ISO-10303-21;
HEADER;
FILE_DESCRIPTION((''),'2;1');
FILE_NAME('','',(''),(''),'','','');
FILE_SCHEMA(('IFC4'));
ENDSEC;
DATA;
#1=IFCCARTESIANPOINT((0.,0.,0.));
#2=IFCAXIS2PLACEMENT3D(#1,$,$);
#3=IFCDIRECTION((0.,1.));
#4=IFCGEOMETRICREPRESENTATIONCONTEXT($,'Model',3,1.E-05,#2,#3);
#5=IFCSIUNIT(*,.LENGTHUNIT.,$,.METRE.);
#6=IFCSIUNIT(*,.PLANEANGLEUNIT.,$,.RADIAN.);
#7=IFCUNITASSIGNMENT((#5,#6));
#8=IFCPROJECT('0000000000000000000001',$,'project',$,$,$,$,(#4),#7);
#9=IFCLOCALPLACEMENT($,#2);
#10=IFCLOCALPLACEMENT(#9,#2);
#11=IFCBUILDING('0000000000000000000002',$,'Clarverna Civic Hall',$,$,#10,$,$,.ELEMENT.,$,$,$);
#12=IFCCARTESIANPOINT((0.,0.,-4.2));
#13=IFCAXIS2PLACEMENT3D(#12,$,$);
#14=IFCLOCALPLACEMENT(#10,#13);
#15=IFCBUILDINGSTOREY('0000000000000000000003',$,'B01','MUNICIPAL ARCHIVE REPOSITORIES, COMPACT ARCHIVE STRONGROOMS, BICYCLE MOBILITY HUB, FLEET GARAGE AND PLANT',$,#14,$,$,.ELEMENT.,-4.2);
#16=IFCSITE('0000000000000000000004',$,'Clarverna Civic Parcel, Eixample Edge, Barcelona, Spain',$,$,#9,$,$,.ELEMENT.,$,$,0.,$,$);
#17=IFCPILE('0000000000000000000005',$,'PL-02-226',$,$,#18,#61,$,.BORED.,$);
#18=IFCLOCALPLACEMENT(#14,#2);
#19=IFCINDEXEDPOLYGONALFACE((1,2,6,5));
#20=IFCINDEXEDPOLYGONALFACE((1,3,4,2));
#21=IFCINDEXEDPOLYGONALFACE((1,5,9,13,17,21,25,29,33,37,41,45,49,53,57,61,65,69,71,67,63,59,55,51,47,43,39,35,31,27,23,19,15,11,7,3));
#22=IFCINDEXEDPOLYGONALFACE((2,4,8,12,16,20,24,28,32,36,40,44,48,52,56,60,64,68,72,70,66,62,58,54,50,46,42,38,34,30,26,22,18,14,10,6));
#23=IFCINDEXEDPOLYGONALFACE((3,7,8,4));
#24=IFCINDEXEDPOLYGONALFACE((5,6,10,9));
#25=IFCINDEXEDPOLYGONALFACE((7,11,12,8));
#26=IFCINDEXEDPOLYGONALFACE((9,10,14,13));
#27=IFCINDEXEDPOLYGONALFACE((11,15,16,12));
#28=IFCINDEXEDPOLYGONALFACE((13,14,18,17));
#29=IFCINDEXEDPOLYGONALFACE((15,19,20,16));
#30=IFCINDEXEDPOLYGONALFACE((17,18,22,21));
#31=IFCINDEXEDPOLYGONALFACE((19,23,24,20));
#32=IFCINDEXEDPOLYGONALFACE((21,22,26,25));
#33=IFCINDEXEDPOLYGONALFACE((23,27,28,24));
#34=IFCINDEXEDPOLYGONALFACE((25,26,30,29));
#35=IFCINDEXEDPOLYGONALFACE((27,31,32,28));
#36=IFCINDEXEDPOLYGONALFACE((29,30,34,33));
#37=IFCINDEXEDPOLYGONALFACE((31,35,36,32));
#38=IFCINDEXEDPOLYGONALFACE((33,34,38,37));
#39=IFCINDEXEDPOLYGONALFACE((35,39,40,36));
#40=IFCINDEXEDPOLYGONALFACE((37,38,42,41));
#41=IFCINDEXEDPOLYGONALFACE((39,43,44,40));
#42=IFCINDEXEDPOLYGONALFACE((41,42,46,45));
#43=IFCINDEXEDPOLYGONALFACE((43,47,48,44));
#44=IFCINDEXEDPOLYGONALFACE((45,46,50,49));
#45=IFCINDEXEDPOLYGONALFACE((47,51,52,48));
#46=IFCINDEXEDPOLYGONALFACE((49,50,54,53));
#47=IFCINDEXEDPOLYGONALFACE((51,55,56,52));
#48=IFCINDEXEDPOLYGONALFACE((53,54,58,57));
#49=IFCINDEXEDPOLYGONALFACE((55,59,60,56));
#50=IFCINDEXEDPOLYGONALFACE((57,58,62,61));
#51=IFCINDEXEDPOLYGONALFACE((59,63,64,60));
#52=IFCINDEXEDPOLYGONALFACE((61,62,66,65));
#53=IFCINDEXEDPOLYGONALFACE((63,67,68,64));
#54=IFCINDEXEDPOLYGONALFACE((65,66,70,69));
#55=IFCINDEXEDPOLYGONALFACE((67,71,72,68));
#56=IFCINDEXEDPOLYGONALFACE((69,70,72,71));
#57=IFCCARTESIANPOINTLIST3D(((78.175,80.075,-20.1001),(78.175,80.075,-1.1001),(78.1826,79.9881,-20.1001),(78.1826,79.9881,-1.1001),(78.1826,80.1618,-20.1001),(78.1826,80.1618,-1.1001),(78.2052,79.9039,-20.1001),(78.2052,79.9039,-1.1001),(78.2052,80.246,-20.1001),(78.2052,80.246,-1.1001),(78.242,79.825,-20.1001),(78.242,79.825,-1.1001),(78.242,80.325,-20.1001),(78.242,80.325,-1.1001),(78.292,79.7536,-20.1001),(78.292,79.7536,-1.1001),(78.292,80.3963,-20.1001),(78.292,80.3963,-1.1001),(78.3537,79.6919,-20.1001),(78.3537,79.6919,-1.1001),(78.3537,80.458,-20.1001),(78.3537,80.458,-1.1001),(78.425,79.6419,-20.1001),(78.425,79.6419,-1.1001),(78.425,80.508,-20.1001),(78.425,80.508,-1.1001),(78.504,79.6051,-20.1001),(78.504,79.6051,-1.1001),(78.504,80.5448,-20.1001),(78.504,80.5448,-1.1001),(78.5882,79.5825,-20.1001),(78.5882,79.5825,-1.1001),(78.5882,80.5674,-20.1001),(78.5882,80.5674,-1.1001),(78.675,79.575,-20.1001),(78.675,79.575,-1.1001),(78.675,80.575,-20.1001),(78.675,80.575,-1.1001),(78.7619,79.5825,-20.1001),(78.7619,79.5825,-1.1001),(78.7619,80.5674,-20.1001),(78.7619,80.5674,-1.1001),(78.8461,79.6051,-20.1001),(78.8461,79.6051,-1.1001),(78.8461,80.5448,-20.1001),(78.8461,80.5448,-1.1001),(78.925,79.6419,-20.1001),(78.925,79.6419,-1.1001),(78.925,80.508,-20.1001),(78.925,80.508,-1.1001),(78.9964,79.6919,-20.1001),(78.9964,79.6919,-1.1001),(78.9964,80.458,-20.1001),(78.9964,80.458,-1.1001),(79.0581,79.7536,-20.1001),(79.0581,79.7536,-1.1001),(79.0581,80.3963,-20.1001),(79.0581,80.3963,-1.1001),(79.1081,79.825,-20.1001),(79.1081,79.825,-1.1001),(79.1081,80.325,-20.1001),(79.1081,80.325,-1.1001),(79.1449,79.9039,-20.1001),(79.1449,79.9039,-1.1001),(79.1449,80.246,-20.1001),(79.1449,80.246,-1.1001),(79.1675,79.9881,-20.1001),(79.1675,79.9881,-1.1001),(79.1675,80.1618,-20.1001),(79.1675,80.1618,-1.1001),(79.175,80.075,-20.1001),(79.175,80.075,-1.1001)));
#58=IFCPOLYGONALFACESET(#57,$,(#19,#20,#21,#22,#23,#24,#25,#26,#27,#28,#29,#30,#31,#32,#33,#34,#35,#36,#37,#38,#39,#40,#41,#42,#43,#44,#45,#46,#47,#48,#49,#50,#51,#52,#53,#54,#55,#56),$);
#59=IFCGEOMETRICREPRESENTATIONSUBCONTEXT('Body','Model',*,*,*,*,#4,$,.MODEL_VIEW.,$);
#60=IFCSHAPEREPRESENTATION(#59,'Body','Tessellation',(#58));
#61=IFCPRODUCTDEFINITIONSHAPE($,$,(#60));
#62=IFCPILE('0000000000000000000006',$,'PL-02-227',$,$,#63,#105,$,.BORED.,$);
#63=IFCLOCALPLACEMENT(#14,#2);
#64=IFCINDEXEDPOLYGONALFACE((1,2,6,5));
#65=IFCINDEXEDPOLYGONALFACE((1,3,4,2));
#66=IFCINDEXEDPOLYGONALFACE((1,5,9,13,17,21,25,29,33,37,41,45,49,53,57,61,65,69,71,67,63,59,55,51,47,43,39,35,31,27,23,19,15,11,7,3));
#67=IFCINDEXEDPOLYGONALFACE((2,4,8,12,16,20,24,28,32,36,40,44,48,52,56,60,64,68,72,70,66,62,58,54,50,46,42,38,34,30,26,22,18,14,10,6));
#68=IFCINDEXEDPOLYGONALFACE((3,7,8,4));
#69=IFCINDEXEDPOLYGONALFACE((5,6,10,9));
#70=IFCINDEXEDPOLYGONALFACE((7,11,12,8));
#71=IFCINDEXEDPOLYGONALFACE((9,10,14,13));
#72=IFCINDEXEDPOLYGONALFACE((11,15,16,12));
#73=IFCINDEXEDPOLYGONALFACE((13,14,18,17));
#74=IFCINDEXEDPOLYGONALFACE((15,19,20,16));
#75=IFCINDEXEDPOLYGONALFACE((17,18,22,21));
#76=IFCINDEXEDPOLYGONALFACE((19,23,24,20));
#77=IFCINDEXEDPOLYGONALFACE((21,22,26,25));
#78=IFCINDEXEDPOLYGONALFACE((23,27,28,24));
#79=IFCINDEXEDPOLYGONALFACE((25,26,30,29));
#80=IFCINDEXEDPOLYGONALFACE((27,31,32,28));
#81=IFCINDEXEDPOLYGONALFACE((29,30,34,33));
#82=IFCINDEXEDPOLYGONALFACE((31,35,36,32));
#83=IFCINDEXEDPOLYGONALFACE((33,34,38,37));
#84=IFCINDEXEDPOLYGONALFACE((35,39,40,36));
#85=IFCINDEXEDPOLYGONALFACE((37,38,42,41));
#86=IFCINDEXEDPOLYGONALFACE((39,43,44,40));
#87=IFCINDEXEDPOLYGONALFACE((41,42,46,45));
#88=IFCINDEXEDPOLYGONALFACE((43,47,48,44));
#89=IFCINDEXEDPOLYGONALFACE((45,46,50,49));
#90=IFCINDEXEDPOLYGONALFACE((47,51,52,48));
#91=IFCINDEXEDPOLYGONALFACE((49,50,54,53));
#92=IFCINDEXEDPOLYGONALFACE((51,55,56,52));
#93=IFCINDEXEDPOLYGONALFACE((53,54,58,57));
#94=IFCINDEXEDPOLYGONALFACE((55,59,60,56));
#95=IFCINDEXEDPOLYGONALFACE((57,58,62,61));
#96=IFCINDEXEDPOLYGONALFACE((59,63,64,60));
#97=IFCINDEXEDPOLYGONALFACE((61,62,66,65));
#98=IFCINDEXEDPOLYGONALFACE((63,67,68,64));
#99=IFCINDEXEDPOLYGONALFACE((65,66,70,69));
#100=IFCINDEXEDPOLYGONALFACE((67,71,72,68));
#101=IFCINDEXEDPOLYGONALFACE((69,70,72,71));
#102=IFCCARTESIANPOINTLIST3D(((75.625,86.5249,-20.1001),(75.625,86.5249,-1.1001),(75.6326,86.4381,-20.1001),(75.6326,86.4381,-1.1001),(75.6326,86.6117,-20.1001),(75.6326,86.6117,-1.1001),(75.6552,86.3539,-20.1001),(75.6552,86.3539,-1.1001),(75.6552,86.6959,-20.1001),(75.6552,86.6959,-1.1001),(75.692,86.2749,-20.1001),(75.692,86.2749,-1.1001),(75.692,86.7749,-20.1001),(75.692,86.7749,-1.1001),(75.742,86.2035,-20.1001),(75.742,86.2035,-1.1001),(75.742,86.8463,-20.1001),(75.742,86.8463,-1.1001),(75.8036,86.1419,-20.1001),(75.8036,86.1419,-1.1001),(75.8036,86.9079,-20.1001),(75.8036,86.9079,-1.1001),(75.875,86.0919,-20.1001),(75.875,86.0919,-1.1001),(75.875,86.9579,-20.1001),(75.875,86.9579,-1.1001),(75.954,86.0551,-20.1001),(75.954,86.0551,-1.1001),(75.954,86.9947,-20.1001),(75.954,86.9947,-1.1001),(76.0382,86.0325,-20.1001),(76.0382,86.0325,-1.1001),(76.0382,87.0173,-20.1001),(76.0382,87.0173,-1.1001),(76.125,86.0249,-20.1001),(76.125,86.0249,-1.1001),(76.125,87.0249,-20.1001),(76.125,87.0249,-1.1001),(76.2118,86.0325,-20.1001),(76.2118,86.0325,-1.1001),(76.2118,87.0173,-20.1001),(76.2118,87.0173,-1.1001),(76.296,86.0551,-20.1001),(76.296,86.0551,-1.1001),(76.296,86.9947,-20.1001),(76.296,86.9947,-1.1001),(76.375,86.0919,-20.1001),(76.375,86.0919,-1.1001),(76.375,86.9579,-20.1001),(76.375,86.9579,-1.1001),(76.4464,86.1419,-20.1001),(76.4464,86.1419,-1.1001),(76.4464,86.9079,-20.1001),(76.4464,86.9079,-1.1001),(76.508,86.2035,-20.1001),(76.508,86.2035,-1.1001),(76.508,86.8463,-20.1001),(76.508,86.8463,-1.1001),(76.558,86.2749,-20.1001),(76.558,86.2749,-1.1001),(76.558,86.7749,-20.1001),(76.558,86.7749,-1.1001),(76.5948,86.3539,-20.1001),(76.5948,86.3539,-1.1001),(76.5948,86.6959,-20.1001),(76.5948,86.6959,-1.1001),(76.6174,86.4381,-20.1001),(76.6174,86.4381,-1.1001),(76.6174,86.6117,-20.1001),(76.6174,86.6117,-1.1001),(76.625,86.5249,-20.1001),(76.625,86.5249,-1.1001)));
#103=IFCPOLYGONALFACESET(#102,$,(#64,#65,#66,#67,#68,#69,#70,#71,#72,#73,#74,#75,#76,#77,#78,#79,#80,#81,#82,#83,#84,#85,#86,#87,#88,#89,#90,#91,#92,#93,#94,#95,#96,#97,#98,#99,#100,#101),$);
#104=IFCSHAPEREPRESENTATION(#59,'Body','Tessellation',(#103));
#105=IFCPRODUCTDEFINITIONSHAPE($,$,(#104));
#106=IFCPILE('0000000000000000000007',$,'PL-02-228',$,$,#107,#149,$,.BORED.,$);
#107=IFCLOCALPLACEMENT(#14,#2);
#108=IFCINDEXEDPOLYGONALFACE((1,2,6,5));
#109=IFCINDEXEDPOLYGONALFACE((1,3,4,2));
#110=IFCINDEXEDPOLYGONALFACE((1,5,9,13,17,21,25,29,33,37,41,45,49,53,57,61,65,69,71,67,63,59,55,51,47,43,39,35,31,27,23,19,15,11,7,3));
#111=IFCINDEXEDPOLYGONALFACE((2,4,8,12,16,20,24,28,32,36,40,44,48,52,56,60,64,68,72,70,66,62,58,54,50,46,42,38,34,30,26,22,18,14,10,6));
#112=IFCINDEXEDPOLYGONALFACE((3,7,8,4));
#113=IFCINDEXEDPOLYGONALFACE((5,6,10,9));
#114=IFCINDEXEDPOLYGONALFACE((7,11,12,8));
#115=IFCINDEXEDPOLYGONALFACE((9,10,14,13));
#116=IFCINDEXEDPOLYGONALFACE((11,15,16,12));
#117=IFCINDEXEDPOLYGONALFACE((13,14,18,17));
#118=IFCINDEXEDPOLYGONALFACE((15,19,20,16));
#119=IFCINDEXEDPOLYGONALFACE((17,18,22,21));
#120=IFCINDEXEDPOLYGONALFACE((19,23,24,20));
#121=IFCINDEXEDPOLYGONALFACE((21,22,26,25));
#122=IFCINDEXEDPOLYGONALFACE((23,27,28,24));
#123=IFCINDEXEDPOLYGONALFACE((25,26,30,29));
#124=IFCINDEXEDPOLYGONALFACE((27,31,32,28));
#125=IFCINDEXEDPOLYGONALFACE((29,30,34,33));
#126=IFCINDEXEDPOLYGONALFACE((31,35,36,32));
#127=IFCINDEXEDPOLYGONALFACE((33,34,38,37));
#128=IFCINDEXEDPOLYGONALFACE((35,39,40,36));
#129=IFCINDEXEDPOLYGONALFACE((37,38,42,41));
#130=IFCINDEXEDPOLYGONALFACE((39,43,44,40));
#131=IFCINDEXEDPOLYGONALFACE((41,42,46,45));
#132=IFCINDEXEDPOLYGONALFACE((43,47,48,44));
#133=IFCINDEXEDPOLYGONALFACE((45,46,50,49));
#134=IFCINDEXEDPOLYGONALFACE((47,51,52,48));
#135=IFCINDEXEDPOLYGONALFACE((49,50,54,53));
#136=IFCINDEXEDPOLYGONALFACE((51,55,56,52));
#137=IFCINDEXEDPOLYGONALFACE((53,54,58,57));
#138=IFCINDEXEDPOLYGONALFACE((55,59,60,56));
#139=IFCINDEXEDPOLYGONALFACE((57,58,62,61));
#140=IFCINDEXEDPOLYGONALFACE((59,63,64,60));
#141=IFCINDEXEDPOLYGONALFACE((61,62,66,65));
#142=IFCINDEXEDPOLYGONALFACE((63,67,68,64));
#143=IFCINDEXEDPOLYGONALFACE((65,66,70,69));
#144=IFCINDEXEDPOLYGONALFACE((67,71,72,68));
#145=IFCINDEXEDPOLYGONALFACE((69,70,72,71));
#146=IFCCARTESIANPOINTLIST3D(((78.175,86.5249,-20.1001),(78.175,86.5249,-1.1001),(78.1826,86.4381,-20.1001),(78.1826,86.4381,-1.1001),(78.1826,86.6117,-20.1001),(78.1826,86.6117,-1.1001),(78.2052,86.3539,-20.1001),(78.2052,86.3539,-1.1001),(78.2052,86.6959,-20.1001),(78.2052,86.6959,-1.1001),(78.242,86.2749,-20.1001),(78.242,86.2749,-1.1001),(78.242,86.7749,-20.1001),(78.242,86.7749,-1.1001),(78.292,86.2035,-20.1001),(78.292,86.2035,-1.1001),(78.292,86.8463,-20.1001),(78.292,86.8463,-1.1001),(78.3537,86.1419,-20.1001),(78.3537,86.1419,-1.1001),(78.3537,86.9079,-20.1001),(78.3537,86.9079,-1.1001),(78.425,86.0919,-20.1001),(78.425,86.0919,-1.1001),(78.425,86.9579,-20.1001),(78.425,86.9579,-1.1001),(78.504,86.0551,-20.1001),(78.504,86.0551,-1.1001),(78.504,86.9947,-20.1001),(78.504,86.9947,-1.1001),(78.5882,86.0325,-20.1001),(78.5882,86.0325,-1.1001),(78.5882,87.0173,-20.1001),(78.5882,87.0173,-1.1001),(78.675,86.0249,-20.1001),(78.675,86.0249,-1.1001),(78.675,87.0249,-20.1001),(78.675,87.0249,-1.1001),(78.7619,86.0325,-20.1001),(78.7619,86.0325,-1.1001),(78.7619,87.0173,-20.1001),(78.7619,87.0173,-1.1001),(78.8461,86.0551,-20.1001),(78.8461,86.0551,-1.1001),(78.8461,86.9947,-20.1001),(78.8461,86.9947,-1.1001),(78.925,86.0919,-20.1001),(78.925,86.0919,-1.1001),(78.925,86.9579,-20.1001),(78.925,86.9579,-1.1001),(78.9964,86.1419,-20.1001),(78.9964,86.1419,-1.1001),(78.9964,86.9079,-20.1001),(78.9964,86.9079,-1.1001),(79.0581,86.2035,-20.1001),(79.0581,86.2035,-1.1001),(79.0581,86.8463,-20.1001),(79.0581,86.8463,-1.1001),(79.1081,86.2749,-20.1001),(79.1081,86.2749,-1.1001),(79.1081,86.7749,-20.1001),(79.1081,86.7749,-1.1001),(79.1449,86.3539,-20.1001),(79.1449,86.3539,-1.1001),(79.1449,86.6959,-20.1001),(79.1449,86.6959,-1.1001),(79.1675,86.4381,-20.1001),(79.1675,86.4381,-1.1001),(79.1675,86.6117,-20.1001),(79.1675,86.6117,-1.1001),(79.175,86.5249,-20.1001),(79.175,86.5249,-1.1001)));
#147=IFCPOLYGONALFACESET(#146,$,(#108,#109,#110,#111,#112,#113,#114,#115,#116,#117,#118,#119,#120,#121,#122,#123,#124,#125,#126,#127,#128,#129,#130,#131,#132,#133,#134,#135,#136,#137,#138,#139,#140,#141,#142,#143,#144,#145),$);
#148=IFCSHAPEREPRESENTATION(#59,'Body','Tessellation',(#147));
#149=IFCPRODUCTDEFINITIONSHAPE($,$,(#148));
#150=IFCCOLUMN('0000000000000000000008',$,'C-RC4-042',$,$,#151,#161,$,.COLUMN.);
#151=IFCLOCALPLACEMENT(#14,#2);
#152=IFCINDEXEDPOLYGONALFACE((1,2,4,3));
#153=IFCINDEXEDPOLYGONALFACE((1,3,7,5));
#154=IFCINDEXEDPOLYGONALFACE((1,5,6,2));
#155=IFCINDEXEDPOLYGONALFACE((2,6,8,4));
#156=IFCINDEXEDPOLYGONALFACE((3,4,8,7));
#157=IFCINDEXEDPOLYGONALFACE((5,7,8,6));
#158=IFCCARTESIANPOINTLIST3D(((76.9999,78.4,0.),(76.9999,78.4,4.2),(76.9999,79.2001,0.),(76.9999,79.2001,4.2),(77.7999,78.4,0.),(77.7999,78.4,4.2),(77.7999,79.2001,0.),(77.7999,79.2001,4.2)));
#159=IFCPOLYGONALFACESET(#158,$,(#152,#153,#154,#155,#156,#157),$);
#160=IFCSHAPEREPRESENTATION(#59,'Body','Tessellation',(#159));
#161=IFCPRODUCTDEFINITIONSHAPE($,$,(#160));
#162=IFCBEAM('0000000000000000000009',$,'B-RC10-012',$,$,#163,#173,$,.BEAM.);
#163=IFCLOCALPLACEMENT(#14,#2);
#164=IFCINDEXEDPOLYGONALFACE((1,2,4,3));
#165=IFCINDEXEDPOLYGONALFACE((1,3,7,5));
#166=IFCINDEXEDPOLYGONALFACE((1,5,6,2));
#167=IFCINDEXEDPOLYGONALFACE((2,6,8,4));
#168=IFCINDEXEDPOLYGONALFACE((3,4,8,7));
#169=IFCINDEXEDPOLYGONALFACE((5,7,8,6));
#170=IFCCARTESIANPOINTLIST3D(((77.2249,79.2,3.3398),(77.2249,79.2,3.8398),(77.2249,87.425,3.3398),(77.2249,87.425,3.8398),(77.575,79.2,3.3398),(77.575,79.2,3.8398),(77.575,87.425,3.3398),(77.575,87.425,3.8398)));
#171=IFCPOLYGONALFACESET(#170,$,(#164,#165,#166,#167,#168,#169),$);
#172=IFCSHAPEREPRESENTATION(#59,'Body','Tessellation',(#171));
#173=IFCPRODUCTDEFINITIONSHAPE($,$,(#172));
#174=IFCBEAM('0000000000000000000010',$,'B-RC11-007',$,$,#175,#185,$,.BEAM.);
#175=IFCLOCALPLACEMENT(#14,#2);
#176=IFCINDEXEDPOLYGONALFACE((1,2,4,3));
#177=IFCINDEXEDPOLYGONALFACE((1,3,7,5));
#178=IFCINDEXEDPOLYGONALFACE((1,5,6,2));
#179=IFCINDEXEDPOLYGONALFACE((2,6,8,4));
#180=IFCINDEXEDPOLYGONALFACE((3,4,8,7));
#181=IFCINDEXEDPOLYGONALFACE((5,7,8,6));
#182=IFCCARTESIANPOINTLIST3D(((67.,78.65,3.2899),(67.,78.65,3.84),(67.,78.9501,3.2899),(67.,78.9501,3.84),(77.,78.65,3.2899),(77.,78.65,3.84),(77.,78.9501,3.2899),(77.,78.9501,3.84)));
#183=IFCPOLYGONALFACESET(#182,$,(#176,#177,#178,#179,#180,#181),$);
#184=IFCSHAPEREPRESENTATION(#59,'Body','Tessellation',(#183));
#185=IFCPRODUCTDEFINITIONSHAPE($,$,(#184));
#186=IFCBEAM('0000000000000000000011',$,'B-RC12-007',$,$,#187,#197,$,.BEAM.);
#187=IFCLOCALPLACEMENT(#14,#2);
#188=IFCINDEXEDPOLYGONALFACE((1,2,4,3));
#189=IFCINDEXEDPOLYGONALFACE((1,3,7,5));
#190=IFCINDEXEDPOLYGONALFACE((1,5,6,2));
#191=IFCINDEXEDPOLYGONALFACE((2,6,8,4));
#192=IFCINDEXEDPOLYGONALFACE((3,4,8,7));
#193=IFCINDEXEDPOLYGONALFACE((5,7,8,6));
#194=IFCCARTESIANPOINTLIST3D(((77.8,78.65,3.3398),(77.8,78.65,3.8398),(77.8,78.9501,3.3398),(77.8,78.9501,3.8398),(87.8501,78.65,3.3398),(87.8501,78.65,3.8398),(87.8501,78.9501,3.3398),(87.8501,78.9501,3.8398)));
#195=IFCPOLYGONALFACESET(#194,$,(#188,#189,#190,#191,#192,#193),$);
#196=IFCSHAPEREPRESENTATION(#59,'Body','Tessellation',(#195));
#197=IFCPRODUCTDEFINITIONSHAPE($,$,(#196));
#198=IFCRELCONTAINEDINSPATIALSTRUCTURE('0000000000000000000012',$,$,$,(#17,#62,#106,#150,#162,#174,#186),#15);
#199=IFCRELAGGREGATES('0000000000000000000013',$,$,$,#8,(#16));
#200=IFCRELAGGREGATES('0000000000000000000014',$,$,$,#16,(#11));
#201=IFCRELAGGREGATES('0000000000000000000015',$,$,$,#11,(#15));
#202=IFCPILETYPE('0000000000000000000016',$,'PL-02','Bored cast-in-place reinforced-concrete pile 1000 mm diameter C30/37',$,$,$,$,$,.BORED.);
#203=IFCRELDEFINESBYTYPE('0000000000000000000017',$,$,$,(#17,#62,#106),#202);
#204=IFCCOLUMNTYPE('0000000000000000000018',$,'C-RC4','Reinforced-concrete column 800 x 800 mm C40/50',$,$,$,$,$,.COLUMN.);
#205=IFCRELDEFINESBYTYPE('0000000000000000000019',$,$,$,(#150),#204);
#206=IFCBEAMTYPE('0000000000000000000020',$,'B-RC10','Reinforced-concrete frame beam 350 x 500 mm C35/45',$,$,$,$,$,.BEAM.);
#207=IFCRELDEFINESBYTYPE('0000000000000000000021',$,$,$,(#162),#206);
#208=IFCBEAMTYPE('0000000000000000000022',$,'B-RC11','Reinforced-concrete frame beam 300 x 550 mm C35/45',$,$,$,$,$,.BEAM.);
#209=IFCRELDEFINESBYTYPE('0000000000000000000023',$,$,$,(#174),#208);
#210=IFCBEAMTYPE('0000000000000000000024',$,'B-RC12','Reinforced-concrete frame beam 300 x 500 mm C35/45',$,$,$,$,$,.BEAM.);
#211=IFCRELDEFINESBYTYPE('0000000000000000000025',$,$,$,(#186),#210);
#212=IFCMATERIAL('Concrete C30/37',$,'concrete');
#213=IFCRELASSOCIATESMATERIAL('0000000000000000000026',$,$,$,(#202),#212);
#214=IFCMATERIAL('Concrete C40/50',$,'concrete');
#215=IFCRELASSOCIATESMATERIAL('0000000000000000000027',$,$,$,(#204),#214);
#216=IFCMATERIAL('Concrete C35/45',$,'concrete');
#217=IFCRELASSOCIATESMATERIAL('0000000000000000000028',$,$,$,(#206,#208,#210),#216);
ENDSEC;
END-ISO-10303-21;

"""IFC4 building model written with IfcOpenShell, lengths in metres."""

from ifc_helpers import new_model, si_unit, direction, frame, origin, origin_2d, place, context, subcontext, project, spatial, rectangle, circle, extrude, material, material_profile, profile_set, type_object, element, save


model = new_model("IFC4")

# Units and contexts
model_context = context("Model", 3, precision=1e-05, world=origin(), true_north=direction((0.0, 1.0)))
body_context = subcontext(model_context, "Body", "Model", "MODEL_VIEW")
ifc_project = project(units=[si_unit("LENGTHUNIT", "METRE"), si_unit("PLANEANGLEUNIT", "RADIAN")], contexts=[model_context])

# Site, building, storey
site_placement = place(None, origin())
site = spatial("IfcSite", under=ifc_project, at=site_placement, Name="Clarverna Civic Parcel, Eixample Edge, Barcelona, Spain", CompositionType="ELEMENT", RefElevation=0.0)
building_placement = place(site_placement, origin())
building = spatial("IfcBuilding", under=site, at=building_placement, Name="Clarverna Civic Hall", CompositionType="ELEMENT")
storey_placement = place(building_placement, frame((0.0, 0.0, -4.2)))
storey = spatial("IfcBuildingStorey", under=building, at=storey_placement, Name="B01", Description="MUNICIPAL ARCHIVE REPOSITORIES, COMPACT ARCHIVE STRONGROOMS, BICYCLE MOBILITY HUB, FLEET GARAGE AND PLANT", CompositionType="ELEMENT", Elevation=-4.2)

# Shared definitions
ifc_material_1 = material(Name="Concrete C30/37", Category="concrete")

# Piles
ifc_material_profile_1 = material_profile(ifc_material_1, circle(Radius=0.5, at=origin_2d()), Name="BORED PILE D1000")
ifc_profile_set_1 = profile_set([ifc_material_profile_1], Name="Concrete C30/37")
pile_type = type_object("IfcPileType", Name="PL-02", Description="Bored cast-in-place reinforced-concrete pile 1000 mm diameter C30/37", PredefinedType="BORED", material=ifc_profile_set_1)
for number, where, z_axis, x_axis, name in (
    (1, (78.675, 80.075, -1.1001), (0.0, 0.0, -1.0), (1.0, 0.0, 0.0), "PL-02-226"),
    (2, (76.125, 86.5249, -1.1001), (0.0, 0.0, -1.0), (1.0, 0.0, 0.0), "PL-02-227"),
    (3, (78.675, 86.5249, -1.1001), (0.0, 0.0, -1.0), (1.0, 0.0, 0.0), "PL-02-228"),
):
    element("IfcPile", number, at=place(storey_placement, frame(where, z_axis=z_axis, x_axis=x_axis)), inside=storey, type_object=pile_type, Name=name, PredefinedType="BORED", context=body_context, shape_type="SweptSolid", body=[
        extrude(circle(Radius=0.5, at=origin_2d()), origin(), (0.0, 0.0, 1.0), 19.0),
    ])

# Column
ifc_material_2 = material(Name="Concrete C40/50", Category="concrete")
ifc_material_profile_2 = material_profile(ifc_material_2, rectangle(XDim=0.8, YDim=0.8, at=origin_2d()), Name="RC 800x800")
ifc_profile_set_2 = profile_set([ifc_material_profile_2], Name="Concrete C40/50")
column_type = type_object("IfcColumnType", Name="C-RC4", Description="Reinforced-concrete column 800 x 800 mm C40/50", PredefinedType="COLUMN", material=ifc_profile_set_2)
column_placement = place(storey_placement, frame((77.3999, 78.8, 0.0), z_axis=(0.0, 0.0, 1.0), x_axis=(1.0, 0.0, 0.0)))
element("IfcColumn", 4, at=column_placement, inside=storey, type_object=column_type, Name="C-RC4-042", PredefinedType="COLUMN", context=body_context, shape_type="SweptSolid", body=[
    extrude(rectangle(XDim=0.8, YDim=0.8, at=origin_2d()), origin(), (0.0, 0.0, 1.0), 4.2),
])

# Beams
ifc_material_3 = material(Name="Concrete C35/45", Category="concrete")
ifc_material_profile_3 = material_profile(ifc_material_3, rectangle(XDim=0.3501, YDim=0.5, at=origin_2d()), Name="RC 350x500")
ifc_profile_set_3 = profile_set([ifc_material_profile_3], Name="Concrete C35/45")
beam_type_1 = type_object("IfcBeamType", Name="B-RC10", Description="Reinforced-concrete frame beam 350 x 500 mm C35/45", PredefinedType="BEAM", material=ifc_profile_set_3)
beam_1_placement = place(storey_placement, frame((77.3999, 79.2, 3.5898), z_axis=(0.0, 1.0, 0.0), x_axis=(-1.0, 0.0, 0.0)))
element("IfcBeam", 5, at=beam_1_placement, inside=storey, type_object=beam_type_1, Name="B-RC10-012", PredefinedType="BEAM", context=body_context, shape_type="SweptSolid", body=[
    extrude(rectangle(XDim=0.3501, YDim=0.5, at=origin_2d()), origin(), (0.0, 0.0, 1.0), 8.2251),
])
ifc_material_profile_4 = material_profile(ifc_material_3, rectangle(XDim=0.3, YDim=0.55, at=origin_2d()), Name="RC 300x550")
ifc_profile_set_4 = profile_set([ifc_material_profile_4], Name="Concrete C35/45")
beam_type_2 = type_object("IfcBeamType", Name="B-RC11", Description="Reinforced-concrete frame beam 300 x 550 mm C35/45", PredefinedType="BEAM", material=ifc_profile_set_4)
beam_2_placement = place(storey_placement, frame((67.0, 78.8, 3.5649), z_axis=(1.0, 0.0, 0.0), x_axis=(0.0, 1.0, 0.0)))
element("IfcBeam", 6, at=beam_2_placement, inside=storey, type_object=beam_type_2, Name="B-RC11-007", PredefinedType="BEAM", context=body_context, shape_type="SweptSolid", body=[
    extrude(rectangle(XDim=0.3, YDim=0.55, at=origin_2d()), origin(), (0.0, 0.0, 1.0), 10.0),
])
ifc_material_profile_5 = material_profile(ifc_material_3, rectangle(XDim=0.3, YDim=0.5, at=origin_2d()), Name="RC 300x500")
ifc_profile_set_5 = profile_set([ifc_material_profile_5], Name="Concrete C35/45")
beam_type_3 = type_object("IfcBeamType", Name="B-RC12", Description="Reinforced-concrete frame beam 300 x 500 mm C35/45", PredefinedType="BEAM", material=ifc_profile_set_5)
beam_3_placement = place(storey_placement, frame((77.8, 78.8, 3.5898), z_axis=(1.0, 0.0, 0.0), x_axis=(0.0, 1.0, 0.0)))
element("IfcBeam", 7, at=beam_3_placement, inside=storey, type_object=beam_type_3, Name="B-RC12-007", PredefinedType="BEAM", context=body_context, shape_type="SweptSolid", body=[
    extrude(rectangle(XDim=0.3, YDim=0.5, at=origin_2d()), origin(), (0.0, 0.0, 1.0), 10.05),
])

save(model, "model.ifc")
